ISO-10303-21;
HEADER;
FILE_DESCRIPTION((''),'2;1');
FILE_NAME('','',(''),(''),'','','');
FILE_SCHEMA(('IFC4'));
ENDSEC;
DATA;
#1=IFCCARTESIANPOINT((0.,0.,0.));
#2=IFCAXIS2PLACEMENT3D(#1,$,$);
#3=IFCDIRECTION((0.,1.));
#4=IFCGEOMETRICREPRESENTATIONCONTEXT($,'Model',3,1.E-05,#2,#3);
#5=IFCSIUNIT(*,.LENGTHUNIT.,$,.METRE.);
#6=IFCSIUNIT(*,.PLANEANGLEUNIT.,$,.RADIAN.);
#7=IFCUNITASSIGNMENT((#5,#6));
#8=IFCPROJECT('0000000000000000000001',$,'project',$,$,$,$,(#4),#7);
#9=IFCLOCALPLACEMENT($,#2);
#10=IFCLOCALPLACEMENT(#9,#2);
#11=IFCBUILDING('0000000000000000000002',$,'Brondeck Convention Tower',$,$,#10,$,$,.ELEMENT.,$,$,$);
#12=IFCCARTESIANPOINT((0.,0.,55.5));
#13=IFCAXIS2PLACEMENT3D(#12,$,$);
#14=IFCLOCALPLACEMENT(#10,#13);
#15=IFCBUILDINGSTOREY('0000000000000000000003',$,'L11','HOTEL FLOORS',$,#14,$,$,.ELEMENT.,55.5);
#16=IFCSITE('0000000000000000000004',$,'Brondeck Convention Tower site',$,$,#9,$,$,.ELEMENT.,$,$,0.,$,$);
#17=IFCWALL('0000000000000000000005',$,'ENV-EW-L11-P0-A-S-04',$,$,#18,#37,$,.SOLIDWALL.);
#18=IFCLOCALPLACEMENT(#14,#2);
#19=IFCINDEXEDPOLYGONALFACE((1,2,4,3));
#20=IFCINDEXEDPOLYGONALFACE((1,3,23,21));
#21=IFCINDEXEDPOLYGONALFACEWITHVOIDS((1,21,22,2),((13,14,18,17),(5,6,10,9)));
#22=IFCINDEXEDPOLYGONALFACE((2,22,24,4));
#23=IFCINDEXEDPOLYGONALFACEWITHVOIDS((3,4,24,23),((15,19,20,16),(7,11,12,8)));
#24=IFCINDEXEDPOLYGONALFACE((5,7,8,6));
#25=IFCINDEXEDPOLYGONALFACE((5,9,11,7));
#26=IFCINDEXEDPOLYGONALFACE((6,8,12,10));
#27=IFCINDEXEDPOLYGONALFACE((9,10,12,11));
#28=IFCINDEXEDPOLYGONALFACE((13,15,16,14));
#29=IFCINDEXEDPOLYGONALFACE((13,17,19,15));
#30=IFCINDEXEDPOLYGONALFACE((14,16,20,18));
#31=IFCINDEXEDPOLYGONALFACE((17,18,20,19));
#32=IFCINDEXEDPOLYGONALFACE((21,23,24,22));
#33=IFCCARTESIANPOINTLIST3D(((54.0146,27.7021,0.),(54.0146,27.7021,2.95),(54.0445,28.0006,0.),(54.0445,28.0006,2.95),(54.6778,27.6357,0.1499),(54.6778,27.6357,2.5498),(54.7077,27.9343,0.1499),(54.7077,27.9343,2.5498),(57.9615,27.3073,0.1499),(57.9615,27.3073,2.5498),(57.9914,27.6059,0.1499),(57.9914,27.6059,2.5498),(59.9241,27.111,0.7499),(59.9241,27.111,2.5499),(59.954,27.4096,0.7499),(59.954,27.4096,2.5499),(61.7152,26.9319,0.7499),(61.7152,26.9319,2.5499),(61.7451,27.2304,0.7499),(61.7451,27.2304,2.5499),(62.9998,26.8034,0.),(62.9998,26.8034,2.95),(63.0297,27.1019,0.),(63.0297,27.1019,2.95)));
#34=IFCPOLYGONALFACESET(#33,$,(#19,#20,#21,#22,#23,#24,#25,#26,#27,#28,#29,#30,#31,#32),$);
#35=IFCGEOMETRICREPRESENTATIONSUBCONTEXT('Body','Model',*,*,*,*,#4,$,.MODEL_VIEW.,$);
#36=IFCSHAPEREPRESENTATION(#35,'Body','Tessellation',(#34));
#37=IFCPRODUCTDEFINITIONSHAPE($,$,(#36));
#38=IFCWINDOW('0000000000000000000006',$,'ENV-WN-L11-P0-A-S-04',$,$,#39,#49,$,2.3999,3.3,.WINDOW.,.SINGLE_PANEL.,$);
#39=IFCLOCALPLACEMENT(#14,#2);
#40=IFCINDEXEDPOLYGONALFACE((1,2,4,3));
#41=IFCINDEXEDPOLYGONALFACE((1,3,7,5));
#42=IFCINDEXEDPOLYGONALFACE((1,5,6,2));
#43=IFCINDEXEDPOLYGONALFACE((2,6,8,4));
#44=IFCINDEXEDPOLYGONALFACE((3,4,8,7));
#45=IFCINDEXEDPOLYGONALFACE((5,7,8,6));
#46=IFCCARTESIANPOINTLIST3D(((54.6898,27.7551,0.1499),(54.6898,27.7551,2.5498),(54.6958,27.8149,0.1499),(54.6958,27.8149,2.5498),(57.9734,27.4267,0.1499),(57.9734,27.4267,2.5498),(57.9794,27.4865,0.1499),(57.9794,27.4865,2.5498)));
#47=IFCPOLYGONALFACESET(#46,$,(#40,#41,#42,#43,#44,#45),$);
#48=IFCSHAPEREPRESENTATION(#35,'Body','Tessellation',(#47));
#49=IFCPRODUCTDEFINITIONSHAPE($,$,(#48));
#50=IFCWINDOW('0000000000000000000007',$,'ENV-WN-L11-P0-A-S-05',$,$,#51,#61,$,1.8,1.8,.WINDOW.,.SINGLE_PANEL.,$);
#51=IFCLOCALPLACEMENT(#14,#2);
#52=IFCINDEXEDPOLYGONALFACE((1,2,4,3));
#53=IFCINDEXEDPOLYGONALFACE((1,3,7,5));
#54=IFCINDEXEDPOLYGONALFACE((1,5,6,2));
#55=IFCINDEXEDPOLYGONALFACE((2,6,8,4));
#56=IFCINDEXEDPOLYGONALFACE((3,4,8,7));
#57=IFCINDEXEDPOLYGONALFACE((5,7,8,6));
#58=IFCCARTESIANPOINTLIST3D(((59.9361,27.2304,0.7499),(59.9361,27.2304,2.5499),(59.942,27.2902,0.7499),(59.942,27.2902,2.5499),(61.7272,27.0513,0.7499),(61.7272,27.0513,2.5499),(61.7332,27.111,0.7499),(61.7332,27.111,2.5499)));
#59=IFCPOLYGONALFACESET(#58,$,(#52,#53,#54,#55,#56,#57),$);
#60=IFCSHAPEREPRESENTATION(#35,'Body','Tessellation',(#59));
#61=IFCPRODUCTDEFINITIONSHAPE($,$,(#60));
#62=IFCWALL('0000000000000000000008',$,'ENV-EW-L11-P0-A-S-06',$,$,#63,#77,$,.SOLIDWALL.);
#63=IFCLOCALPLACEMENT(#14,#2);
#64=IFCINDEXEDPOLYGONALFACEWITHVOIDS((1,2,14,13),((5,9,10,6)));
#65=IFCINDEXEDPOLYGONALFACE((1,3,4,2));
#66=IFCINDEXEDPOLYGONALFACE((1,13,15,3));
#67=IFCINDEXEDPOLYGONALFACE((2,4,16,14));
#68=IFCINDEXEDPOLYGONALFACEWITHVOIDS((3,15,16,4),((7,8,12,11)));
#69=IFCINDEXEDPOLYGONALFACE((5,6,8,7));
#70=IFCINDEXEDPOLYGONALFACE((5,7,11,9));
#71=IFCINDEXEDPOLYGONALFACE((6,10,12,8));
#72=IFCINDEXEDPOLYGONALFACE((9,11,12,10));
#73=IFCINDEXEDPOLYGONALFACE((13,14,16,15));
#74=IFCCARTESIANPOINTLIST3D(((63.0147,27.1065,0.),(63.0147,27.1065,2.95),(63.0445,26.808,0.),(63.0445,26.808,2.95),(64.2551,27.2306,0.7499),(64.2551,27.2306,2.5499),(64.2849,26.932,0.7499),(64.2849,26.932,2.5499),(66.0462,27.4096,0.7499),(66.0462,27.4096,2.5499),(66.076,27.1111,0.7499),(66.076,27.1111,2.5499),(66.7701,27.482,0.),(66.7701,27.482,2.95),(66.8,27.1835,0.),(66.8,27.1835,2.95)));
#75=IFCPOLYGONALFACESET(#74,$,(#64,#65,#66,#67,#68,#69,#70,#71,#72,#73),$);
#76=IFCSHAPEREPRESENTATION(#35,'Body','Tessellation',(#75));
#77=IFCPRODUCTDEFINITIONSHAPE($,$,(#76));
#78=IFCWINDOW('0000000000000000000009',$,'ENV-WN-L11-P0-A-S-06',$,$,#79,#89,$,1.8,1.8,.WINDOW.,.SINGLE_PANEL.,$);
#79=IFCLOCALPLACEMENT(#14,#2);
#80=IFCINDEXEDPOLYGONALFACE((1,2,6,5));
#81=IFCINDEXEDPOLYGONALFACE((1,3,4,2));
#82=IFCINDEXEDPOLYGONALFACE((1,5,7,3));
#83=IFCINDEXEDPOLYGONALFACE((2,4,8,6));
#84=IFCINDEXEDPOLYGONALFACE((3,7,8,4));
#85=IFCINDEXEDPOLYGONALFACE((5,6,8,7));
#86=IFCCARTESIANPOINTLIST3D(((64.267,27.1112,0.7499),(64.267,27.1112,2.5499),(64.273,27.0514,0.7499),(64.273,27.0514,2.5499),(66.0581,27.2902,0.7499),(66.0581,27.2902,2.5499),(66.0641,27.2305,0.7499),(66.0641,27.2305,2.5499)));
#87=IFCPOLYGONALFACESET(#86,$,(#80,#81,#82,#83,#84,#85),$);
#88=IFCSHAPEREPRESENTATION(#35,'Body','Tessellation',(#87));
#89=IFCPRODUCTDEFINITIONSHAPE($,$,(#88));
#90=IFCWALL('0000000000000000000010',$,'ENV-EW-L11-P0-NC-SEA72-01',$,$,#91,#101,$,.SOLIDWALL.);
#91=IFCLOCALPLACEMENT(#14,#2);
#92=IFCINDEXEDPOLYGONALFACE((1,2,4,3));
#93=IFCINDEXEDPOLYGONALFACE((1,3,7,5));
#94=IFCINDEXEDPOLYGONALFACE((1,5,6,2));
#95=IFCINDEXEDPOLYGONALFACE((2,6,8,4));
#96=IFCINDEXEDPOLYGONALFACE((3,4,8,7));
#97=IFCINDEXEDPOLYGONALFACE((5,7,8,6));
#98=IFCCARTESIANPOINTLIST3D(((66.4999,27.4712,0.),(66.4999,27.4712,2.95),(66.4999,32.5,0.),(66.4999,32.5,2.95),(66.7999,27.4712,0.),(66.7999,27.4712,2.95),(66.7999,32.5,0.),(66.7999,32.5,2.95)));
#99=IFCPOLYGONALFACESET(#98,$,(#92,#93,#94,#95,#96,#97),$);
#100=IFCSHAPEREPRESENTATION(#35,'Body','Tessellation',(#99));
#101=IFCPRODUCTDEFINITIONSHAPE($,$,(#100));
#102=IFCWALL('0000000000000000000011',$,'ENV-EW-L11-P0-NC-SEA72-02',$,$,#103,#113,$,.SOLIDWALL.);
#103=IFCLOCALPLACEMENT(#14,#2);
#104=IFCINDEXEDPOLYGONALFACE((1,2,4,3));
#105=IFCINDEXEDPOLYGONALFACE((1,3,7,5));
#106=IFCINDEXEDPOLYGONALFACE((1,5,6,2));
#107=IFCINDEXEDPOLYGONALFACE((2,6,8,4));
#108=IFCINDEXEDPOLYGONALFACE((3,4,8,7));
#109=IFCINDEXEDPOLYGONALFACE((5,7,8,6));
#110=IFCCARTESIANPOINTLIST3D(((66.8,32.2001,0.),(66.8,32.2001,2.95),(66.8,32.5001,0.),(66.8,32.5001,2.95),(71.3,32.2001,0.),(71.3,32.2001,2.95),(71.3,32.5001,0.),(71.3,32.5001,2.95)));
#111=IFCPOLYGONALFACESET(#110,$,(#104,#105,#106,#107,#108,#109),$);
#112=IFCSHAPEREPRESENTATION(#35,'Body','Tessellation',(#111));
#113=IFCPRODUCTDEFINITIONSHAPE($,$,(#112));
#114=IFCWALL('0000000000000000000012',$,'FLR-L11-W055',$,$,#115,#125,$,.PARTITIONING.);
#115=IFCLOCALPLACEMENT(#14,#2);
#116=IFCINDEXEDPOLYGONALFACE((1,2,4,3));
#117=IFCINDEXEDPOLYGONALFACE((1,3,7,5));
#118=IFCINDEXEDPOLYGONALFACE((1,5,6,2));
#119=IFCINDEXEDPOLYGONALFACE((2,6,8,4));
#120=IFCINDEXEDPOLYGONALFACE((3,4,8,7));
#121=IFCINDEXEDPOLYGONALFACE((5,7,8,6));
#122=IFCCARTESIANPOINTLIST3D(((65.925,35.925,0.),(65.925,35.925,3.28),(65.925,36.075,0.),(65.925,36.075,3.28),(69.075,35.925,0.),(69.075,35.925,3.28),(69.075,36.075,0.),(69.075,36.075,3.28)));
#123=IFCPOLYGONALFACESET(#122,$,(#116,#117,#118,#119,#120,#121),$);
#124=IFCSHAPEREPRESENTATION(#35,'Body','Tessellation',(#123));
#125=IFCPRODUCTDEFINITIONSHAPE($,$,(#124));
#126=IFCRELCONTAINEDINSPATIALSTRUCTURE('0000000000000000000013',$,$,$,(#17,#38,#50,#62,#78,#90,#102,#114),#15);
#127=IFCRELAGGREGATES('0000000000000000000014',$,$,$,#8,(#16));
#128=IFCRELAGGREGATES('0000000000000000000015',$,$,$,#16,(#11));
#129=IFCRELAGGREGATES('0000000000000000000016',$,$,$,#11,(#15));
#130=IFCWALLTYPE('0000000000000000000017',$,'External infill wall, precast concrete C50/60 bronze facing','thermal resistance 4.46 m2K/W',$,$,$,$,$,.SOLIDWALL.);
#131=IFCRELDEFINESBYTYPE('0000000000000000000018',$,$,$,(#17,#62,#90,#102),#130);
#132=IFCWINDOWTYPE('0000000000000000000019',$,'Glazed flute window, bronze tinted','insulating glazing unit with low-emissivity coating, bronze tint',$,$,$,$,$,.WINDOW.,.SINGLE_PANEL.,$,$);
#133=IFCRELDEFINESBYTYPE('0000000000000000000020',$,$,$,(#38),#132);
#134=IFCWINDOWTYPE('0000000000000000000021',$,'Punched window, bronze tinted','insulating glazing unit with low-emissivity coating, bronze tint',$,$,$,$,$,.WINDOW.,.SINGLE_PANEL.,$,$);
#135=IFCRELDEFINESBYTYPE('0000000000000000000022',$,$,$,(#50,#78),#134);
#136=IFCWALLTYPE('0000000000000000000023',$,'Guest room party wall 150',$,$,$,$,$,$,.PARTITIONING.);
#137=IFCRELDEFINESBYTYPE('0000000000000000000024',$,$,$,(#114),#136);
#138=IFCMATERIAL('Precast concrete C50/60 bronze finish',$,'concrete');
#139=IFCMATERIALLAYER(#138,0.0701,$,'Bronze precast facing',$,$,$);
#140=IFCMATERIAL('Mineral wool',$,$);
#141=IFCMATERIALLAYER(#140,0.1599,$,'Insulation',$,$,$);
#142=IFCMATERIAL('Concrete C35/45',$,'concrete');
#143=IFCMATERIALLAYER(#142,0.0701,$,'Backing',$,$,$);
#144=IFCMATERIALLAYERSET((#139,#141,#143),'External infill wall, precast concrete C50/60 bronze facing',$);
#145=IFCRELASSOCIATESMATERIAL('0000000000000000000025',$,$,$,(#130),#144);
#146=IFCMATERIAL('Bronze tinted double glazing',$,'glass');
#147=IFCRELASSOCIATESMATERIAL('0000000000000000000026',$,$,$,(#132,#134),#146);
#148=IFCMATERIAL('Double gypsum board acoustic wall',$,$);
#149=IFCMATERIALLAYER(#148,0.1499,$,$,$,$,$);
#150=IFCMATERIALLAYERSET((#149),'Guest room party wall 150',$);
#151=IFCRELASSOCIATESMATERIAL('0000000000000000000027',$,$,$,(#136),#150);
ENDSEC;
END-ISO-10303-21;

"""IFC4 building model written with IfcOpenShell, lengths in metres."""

from ifc_helpers import new_model, si_unit, direction, frame, frame_2d, origin, place, context, subcontext, project, spatial, rectangle, extrude, material, layer, layer_set, type_object, element, fill, save


model = new_model("IFC4")

# Units and contexts
model_context = context("Model", 3, precision=1e-05, world=origin(), true_north=direction((0.0, 1.0)))
body_context = subcontext(model_context, "Body", "Model", "MODEL_VIEW")
ifc_project = project(units=[si_unit("LENGTHUNIT", "METRE"), si_unit("PLANEANGLEUNIT", "RADIAN")], contexts=[model_context])

# Site, building, storey
site_placement = place(None, origin())
site = spatial("IfcSite", under=ifc_project, at=site_placement, Name="Brondeck Convention Tower site", CompositionType="ELEMENT", RefElevation=0.0)
building_placement = place(site_placement, origin())
building = spatial("IfcBuilding", under=site, at=building_placement, Name="Brondeck Convention Tower", CompositionType="ELEMENT")
storey_placement = place(building_placement, frame((0.0, 0.0, 55.5)))
storey = spatial("IfcBuildingStorey", under=building, at=storey_placement, Name="L11", Description="HOTEL FLOORS", CompositionType="ELEMENT", Elevation=55.5)

# Wall, openings, windows
ifc_material_1 = material(Name="Precast concrete C50/60 bronze finish", Category="concrete")
ifc_layer_1 = layer(ifc_material_1, 0.0701, Name="Bronze precast facing")
ifc_material_2 = material(Name="Mineral wool")
ifc_layer_2 = layer(ifc_material_2, 0.1599, Name="Insulation")
ifc_material_3 = material(Name="Concrete C35/45", Category="concrete")
ifc_layer_3 = layer(ifc_material_3, 0.0701, Name="Backing")
ifc_layer_set_1 = layer_set([ifc_layer_1, ifc_layer_2, ifc_layer_3], Name="External infill wall, precast concrete C50/60 bronze facing")
wall_type_1 = type_object("IfcWallType", Name="External infill wall, precast concrete C50/60 bronze facing", Description="thermal resistance 4.46 m2K/W", PredefinedType="SOLIDWALL", material=ifc_layer_set_1)
wall_1_placement = place(storey_placement, frame((63.0149, 26.9526, 0.0), z_axis=(0.0, 0.0, 1.0), x_axis=(-0.995035, 0.099522, 0.0)))
wall_1 = element("IfcWall", 1, at=wall_1_placement, inside=storey, type_object=wall_type_1, Name="ENV-EW-L11-P0-A-S-04", PredefinedType="SOLIDWALL", context=body_context, shape_type="SweptSolid", body=[
    extrude(rectangle(XDim=9.03, YDim=0.3, at=frame_2d((4.5151, 0.0))), origin(), (0.0, 0.0, 1.0), 2.95),
])
opening_1_placement = place(wall_1_placement, frame((1.2913, 0.0, 0.75)))
opening_1 = element("IfcOpeningElement", 2, at=opening_1_placement, cuts=wall_1, PredefinedType="OPENING", context=body_context, shape_type="SweptSolid", body=[
    extrude(rectangle(XDim=1.8, YDim=1.8, at=frame_2d((0.8999, 0.8999))), frame((0.0, 0.1599, 0.0), z_axis=(0.0, -1.0, 0.0), x_axis=(1.0, 0.0, 0.0)), (0.0, 0.0, 1.0), 0.3201),
])
opening_2_placement = place(wall_1_placement, frame((5.0637, 0.0, 0.1499)))
opening_2 = element("IfcOpeningElement", 3, at=opening_2_placement, cuts=wall_1, PredefinedType="OPENING", context=body_context, shape_type="SweptSolid", body=[
    extrude(rectangle(XDim=3.3, YDim=2.3999, at=frame_2d((1.6499, 1.2))), frame((0.0, 0.1599, 0.0), z_axis=(0.0, -1.0, 0.0), x_axis=(1.0, 0.0, 0.0)), (0.0, 0.0, 1.0), 0.3201),
])
ifc_material_4 = material(Name="Bronze tinted double glazing", Category="glass")
window_type_1 = type_object("IfcWindowType", Name="Glazed flute window, bronze tinted", Description="insulating glazing unit with low-emissivity coating, bronze tint", PartitioningType="SINGLE_PANEL", PredefinedType="WINDOW", material=ifc_material_4)
window_1_placement = place(opening_2_placement, origin())
window_1 = element("IfcWindow", 4, at=window_1_placement, inside=storey, type_object=window_type_1, Name="ENV-WN-L11-P0-A-S-04", OverallHeight=2.3999, OverallWidth=3.3, PartitioningType="SINGLE_PANEL", PredefinedType="WINDOW", context=body_context, shape_type="SweptSolid", body=[
    extrude(rectangle(XDim=3.3, YDim=2.3999, at=frame_2d((1.6499, 1.2))), frame((0.0, 0.03, 0.0), z_axis=(0.0, -1.0, 0.0), x_axis=(1.0, 0.0, 0.0)), (0.0, 0.0, 1.0), 0.0601),
])
fill(opening_2, window_1)
window_type_2 = type_object("IfcWindowType", Name="Punched window, bronze tinted", Description="insulating glazing unit with low-emissivity coating, bronze tint", PartitioningType="SINGLE_PANEL", PredefinedType="WINDOW", material=ifc_material_4)
window_2_placement = place(opening_1_placement, origin())
window_2 = element("IfcWindow", 5, at=window_2_placement, inside=storey, type_object=window_type_2, Name="ENV-WN-L11-P0-A-S-05", OverallHeight=1.8, OverallWidth=1.8, PartitioningType="SINGLE_PANEL", PredefinedType="WINDOW", context=body_context, shape_type="SweptSolid", body=[
    extrude(rectangle(XDim=1.8, YDim=1.8, at=frame_2d((0.8999, 0.8999))), frame((0.0, 0.03, 0.0), z_axis=(0.0, -1.0, 0.0), x_axis=(1.0, 0.0, 0.0)), (0.0, 0.0, 1.0), 0.0601),
])
fill(opening_1, window_2)

# Wall, opening, window
wall_2_placement = place(storey_placement, frame((66.7852, 27.3328, 0.0), z_axis=(0.0, 0.0, 1.0), x_axis=(-0.995038, -0.099491, 0.0)))
wall_2 = element("IfcWall", 6, at=wall_2_placement, inside=storey, type_object=wall_type_1, Name="ENV-EW-L11-P0-A-S-06", PredefinedType="SOLIDWALL", context=body_context, shape_type="SweptSolid", body=[
    extrude(rectangle(XDim=3.7742, YDim=0.3, at=frame_2d((1.8872, 0.0))), origin(), (0.0, 0.0, 1.0), 2.95),
])
opening_3_placement = place(wall_2_placement, frame((0.7278, 0.0, 0.75)))
opening_3 = element("IfcOpeningElement", 7, at=opening_3_placement, cuts=wall_2, PredefinedType="OPENING", context=body_context, shape_type="SweptSolid", body=[
    extrude(rectangle(XDim=1.8, YDim=1.8, at=frame_2d((0.8999, 0.8999))), frame((0.0, 0.1599, 0.0), z_axis=(0.0, -1.0, 0.0), x_axis=(1.0, 0.0, 0.0)), (0.0, 0.0, 1.0), 0.3201),
])
window_3_placement = place(opening_3_placement, origin())
window_3 = element("IfcWindow", 8, at=window_3_placement, inside=storey, type_object=window_type_2, Name="ENV-WN-L11-P0-A-S-06", OverallHeight=1.8, OverallWidth=1.8, PartitioningType="SINGLE_PANEL", PredefinedType="WINDOW", context=body_context, shape_type="SweptSolid", body=[
    extrude(rectangle(XDim=1.8, YDim=1.8, at=frame_2d((0.8999, 0.8999))), frame((0.0, 0.03, 0.0), z_axis=(0.0, -1.0, 0.0), x_axis=(1.0, 0.0, 0.0)), (0.0, 0.0, 1.0), 0.0601),
])
fill(opening_3, window_3)

# Walls
wall_3_placement = place(storey_placement, frame((66.6499, 32.5, 0.0), z_axis=(0.0, 0.0, 1.0), x_axis=(0.0, -1.0, 0.0)))
element("IfcWall", 9, at=wall_3_placement, inside=storey, type_object=wall_type_1, Name="ENV-EW-L11-P0-NC-SEA72-01", PredefinedType="SOLIDWALL", context=body_context, shape_type="SweptSolid", body=[
    extrude(rectangle(XDim=5.0288, YDim=0.3, at=frame_2d((2.5144, 0.0))), origin(), (0.0, 0.0, 1.0), 2.95),
])
wall_4_placement = place(storey_placement, frame((71.3, 32.3501, 0.0), z_axis=(0.0, 0.0, 1.0), x_axis=(-1.0, 0.0, 0.0)))
element("IfcWall", 10, at=wall_4_placement, inside=storey, type_object=wall_type_1, Name="ENV-EW-L11-P0-NC-SEA72-02", PredefinedType="SOLIDWALL", context=body_context, shape_type="SweptSolid", body=[
    extrude(rectangle(XDim=4.5, YDim=0.3, at=frame_2d((2.25, 0.0))), origin(), (0.0, 0.0, 1.0), 2.95),
])
ifc_material_5 = material(Name="Double gypsum board acoustic wall")
ifc_layer_4 = layer(ifc_material_5, 0.1499)
ifc_layer_set_2 = layer_set([ifc_layer_4], Name="Guest room party wall 150")
wall_type_2 = type_object("IfcWallType", Name="Guest room party wall 150", PredefinedType="PARTITIONING", material=ifc_layer_set_2)
wall_5_placement = place(storey_placement, frame((65.925, 36.0, 0.0), z_axis=(0.0, 0.0, 1.0), x_axis=(1.0, 0.0, 0.0)))
element("IfcWall", 11, at=wall_5_placement, inside=storey, type_object=wall_type_2, Name="FLR-L11-W055", PredefinedType="PARTITIONING", context=body_context, shape_type="SweptSolid", body=[
    extrude(rectangle(XDim=3.1499, YDim=0.1499, at=frame_2d((1.575, 0.0))), origin(), (0.0, 0.0, 1.0), 3.28),
])

save(model, "model.ifc")
